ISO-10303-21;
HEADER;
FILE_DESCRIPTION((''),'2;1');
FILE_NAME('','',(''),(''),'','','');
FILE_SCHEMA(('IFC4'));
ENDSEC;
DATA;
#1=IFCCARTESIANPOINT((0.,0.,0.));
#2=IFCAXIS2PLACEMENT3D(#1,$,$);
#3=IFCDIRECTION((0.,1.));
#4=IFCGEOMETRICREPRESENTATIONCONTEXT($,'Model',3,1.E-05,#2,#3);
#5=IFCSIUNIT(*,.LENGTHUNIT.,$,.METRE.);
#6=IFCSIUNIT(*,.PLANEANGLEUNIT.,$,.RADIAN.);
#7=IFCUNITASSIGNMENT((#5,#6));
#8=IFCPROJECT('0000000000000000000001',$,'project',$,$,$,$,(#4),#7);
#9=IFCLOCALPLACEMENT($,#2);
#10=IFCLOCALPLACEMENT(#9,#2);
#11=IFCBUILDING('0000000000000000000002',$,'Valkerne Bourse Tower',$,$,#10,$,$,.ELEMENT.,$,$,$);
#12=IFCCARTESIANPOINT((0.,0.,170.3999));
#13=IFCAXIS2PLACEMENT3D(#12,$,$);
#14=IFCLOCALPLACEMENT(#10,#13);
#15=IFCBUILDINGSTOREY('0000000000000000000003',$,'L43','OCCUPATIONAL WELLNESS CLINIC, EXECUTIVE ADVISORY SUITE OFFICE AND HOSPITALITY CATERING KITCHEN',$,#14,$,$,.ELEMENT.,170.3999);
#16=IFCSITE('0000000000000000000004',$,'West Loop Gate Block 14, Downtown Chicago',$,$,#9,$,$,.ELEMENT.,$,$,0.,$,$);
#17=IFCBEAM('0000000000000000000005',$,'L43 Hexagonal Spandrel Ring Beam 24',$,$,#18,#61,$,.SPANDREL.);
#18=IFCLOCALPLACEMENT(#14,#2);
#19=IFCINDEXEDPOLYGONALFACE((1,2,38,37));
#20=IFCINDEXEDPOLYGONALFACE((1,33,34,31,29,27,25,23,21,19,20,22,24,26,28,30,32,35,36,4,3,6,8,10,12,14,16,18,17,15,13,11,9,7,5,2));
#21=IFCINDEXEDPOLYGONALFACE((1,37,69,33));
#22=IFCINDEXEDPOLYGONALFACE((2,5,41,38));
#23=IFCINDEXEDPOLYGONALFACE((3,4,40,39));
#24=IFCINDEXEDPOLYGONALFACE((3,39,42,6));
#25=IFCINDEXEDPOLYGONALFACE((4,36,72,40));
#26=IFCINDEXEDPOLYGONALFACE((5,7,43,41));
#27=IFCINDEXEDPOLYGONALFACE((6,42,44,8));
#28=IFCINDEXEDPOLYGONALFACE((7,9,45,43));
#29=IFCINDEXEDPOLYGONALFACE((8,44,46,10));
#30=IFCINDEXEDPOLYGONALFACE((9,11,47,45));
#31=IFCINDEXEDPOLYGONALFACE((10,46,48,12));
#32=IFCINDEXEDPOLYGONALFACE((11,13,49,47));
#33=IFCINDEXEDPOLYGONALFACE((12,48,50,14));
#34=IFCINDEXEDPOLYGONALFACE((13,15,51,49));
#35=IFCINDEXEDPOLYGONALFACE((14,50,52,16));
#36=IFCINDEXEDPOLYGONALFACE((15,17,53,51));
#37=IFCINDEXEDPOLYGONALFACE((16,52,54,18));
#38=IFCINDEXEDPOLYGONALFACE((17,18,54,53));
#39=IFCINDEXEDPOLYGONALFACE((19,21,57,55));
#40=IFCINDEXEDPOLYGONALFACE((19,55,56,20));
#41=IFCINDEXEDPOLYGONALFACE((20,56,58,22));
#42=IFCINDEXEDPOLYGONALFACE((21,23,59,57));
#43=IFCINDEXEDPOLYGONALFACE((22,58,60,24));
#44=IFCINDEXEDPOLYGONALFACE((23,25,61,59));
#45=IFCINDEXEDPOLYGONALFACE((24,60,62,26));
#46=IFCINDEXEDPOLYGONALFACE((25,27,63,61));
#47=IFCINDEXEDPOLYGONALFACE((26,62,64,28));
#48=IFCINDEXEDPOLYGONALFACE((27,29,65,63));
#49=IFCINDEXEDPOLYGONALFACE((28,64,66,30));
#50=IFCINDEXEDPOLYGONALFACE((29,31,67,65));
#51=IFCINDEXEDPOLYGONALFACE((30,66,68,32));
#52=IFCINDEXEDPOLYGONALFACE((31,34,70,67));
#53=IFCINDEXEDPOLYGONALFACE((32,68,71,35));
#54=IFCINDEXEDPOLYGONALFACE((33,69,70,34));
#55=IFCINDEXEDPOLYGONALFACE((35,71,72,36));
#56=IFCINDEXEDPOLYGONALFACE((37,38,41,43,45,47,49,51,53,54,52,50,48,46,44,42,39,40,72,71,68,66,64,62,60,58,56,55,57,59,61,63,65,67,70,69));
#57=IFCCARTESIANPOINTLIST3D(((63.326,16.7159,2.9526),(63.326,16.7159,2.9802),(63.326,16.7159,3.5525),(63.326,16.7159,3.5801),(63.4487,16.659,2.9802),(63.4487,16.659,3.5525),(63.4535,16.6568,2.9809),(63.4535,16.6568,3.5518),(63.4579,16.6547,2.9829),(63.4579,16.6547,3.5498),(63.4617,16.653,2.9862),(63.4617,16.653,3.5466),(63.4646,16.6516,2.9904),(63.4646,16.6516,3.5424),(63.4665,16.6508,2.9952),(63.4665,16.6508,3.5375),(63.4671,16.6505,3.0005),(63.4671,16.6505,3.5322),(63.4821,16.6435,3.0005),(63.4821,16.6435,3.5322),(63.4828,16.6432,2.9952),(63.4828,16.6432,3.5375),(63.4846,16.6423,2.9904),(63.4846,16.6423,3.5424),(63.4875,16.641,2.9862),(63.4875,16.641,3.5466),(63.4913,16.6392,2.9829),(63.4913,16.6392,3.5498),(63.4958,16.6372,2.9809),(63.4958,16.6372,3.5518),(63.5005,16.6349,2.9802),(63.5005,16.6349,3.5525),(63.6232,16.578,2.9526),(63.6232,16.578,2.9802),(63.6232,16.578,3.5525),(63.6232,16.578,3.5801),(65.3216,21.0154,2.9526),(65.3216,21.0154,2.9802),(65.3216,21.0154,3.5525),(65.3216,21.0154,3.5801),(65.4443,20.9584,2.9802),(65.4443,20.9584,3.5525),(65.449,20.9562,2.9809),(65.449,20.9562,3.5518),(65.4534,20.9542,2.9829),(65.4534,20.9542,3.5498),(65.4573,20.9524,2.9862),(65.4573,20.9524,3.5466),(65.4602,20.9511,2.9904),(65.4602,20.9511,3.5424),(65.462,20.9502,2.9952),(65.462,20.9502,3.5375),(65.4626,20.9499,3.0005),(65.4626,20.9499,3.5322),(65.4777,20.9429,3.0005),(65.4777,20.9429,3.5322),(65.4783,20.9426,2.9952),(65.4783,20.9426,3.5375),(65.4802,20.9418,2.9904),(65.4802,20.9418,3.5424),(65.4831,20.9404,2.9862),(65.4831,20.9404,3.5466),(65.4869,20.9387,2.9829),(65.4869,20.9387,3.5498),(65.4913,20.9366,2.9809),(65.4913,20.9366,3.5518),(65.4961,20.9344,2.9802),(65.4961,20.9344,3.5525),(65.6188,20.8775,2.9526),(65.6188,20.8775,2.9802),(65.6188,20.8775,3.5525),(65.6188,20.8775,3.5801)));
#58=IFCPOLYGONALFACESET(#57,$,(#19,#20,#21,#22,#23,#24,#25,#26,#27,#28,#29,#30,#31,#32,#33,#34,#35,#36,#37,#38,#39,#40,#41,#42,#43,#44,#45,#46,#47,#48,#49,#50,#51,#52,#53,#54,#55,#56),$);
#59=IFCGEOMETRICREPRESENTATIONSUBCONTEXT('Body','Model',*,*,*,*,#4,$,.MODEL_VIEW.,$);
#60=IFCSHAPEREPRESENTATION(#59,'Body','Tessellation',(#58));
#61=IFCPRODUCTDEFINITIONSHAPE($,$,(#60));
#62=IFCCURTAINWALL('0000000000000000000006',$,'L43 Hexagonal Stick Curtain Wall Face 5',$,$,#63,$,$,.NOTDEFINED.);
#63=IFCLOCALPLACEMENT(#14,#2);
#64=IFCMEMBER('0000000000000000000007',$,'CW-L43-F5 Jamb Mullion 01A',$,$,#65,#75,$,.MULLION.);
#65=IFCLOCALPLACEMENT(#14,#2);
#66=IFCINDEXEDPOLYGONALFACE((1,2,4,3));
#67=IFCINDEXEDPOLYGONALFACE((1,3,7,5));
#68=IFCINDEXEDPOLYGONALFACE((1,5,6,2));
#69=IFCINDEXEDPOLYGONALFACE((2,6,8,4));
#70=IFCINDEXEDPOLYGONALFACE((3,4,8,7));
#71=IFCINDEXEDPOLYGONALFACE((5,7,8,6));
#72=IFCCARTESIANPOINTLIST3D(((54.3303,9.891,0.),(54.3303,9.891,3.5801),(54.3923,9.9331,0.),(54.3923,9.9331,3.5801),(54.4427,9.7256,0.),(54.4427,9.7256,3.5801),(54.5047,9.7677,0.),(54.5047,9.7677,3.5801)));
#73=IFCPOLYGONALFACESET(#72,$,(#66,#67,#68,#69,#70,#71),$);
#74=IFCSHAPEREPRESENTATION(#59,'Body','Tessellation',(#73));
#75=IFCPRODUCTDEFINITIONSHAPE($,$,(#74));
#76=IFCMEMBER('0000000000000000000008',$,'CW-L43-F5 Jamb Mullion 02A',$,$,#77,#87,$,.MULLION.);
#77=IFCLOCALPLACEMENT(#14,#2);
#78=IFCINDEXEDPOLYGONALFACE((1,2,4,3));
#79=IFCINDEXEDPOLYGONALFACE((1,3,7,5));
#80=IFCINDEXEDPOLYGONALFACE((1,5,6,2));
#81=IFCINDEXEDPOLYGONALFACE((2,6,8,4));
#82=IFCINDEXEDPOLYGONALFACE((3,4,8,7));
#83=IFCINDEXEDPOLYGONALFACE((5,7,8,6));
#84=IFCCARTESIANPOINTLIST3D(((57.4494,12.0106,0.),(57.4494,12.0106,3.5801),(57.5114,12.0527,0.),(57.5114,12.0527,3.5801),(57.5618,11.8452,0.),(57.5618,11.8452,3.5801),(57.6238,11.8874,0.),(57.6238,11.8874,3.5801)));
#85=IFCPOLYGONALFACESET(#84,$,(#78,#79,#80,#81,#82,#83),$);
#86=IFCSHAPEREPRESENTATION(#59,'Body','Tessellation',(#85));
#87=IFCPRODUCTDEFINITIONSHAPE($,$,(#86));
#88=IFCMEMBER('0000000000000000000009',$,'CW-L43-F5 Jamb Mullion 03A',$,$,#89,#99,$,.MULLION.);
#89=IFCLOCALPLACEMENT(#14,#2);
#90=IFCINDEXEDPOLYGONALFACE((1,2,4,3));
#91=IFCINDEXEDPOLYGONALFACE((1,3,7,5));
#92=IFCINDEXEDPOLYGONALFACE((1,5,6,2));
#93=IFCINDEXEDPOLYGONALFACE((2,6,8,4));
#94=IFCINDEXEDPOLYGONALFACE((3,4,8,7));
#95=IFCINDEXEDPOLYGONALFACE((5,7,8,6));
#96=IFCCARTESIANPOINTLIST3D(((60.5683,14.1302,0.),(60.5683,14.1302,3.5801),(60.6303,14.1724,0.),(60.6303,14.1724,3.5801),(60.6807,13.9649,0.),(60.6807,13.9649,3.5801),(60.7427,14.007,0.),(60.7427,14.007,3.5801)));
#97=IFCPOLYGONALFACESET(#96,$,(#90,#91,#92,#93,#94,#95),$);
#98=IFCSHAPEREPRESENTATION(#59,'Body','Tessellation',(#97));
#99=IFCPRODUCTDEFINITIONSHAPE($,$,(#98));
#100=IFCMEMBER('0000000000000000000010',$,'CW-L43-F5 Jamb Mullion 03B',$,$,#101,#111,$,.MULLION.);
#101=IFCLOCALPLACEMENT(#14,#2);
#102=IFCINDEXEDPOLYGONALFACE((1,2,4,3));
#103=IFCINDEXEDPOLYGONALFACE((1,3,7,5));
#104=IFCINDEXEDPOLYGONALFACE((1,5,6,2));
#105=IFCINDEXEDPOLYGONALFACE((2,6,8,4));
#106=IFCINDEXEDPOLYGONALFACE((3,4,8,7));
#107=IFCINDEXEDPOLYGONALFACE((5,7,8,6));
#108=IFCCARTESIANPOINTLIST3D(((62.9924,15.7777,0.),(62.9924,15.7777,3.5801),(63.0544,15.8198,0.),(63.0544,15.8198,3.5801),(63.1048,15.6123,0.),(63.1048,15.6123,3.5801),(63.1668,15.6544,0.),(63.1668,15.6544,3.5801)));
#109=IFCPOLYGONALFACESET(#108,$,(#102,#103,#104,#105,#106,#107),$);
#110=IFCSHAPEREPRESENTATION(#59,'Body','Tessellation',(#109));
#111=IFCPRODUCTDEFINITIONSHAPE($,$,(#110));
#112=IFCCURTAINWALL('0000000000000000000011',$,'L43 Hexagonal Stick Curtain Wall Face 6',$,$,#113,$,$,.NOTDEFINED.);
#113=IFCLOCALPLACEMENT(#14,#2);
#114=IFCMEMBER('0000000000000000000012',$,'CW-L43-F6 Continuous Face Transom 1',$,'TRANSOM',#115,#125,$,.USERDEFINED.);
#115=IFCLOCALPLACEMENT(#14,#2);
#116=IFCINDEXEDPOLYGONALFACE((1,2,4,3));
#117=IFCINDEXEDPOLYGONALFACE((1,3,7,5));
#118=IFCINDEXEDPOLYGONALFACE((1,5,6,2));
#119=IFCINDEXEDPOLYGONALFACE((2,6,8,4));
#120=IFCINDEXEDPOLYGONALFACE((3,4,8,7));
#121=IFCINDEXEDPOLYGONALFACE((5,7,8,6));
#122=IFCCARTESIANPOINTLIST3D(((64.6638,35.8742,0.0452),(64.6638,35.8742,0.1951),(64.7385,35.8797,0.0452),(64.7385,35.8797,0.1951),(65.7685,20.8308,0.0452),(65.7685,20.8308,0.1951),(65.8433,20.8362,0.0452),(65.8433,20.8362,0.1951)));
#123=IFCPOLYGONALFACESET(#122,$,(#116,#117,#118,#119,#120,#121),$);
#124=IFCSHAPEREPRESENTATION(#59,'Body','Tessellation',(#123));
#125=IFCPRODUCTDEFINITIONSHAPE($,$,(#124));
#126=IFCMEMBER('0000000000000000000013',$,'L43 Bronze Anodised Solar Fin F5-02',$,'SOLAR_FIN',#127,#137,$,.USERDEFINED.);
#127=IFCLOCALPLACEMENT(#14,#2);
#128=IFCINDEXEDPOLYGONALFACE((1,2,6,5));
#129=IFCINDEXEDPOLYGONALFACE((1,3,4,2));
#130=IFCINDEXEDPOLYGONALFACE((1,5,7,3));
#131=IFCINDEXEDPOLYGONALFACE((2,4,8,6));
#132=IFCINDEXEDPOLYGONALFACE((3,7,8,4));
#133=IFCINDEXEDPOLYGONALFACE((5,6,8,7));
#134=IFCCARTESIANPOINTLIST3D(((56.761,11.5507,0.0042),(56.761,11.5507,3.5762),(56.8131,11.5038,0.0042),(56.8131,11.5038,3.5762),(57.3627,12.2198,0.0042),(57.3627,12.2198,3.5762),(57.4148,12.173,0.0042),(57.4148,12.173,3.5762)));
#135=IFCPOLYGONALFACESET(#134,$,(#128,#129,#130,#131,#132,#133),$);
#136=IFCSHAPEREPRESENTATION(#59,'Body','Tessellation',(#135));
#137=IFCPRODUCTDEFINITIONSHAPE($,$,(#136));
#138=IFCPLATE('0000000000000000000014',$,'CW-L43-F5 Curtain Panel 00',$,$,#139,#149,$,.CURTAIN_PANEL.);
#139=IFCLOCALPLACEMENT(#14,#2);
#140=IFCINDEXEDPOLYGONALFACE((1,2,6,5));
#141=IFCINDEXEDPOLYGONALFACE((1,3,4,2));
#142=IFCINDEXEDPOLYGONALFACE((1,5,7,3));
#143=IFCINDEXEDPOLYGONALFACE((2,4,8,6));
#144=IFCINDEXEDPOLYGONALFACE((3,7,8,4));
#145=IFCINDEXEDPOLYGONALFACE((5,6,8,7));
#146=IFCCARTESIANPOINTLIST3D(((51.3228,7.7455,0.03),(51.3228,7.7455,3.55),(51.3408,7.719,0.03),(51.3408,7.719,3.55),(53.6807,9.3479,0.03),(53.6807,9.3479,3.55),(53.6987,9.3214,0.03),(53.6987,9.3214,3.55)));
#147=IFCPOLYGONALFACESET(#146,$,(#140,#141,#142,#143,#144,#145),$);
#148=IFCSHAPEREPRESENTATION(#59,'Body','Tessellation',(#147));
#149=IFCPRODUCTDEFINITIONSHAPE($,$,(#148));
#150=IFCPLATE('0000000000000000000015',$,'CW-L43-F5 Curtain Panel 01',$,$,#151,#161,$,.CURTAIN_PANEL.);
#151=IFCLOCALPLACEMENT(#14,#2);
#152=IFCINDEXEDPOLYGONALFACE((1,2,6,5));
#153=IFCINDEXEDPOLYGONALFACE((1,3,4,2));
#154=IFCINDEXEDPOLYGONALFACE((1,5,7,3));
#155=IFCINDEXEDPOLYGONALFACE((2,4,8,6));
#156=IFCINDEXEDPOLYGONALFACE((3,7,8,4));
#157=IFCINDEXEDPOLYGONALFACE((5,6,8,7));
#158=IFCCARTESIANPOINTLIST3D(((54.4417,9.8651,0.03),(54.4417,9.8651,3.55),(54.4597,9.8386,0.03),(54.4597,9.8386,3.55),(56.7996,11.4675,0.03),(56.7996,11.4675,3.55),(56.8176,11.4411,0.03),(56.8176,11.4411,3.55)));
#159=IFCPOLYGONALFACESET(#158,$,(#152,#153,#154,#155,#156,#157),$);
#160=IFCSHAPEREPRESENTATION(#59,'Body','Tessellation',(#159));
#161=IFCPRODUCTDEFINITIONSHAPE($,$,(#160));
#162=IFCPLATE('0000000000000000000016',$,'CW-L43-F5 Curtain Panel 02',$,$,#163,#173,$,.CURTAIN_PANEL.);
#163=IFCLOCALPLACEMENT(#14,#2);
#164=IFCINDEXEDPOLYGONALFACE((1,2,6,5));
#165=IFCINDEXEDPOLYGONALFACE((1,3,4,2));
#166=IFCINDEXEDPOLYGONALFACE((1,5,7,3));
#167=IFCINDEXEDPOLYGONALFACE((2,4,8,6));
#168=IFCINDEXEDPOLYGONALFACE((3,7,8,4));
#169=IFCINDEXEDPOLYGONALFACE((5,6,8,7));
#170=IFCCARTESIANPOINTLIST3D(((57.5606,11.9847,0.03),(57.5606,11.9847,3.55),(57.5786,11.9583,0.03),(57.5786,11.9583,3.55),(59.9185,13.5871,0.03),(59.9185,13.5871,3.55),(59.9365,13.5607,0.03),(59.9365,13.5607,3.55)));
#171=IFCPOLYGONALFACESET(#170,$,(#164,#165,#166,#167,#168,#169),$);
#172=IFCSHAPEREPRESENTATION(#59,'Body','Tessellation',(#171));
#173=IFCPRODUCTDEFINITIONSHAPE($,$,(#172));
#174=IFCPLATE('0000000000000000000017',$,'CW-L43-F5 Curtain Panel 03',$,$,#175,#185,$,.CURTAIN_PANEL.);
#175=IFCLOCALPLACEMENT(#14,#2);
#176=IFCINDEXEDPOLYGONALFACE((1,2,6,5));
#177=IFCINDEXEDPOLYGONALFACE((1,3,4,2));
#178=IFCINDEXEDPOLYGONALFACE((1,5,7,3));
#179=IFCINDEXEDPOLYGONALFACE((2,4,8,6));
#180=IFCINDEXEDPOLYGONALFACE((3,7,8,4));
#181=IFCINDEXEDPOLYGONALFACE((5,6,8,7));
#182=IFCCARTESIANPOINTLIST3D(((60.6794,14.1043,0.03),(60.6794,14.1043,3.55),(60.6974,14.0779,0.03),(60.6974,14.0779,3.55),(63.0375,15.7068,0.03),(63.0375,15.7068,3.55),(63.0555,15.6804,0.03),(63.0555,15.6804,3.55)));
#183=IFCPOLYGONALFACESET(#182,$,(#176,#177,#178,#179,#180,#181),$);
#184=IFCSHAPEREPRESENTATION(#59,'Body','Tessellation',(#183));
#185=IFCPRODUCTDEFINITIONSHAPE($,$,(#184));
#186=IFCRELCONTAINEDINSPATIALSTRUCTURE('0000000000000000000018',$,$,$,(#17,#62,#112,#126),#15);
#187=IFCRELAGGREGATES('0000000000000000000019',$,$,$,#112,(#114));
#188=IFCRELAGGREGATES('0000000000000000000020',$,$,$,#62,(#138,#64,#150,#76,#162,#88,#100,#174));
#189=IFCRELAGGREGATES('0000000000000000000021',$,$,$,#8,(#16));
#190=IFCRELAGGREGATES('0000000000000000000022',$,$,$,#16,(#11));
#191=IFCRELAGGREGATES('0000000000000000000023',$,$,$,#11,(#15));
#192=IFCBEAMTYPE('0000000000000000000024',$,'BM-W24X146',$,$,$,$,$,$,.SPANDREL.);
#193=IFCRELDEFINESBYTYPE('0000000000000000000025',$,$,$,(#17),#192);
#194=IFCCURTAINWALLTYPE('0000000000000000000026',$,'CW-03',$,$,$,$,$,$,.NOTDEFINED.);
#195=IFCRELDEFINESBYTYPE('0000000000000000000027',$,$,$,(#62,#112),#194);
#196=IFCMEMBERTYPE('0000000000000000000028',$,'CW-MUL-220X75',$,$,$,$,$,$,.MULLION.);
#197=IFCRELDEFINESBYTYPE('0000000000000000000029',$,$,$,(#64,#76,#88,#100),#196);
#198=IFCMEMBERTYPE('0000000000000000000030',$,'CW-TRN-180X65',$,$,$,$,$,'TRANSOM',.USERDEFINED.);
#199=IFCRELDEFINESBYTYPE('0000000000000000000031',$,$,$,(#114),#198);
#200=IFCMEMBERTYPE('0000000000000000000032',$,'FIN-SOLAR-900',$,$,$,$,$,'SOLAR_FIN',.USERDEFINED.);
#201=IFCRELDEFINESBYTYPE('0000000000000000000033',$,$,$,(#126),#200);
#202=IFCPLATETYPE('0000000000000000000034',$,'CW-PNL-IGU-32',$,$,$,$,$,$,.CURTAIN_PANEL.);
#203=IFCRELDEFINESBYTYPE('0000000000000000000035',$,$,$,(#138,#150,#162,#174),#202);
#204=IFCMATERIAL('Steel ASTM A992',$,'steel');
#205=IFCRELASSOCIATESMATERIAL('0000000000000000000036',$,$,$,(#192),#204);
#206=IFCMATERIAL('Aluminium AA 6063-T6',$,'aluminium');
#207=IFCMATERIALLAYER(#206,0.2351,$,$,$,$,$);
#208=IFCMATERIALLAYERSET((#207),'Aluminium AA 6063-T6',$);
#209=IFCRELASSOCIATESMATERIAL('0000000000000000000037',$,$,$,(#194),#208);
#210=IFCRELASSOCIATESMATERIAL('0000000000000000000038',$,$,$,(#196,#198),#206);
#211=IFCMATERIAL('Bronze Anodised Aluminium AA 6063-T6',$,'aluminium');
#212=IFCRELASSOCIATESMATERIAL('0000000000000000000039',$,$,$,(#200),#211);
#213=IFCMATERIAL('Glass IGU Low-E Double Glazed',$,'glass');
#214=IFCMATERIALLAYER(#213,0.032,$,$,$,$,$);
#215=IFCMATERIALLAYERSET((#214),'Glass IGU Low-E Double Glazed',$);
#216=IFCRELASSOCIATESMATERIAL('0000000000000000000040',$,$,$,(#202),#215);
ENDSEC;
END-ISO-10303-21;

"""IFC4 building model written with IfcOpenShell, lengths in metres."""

from ifc_helpers import new_model, si_unit, direction, frame, origin, origin_2d, place, context, subcontext, project, spatial, rectangle, i_section, extrude, material, layer, layer_set, material_profile, profile_set, type_object, element, aggregate, save


model = new_model("IFC4")

# Units and contexts
model_context = context("Model", 3, precision=1e-05, world=origin(), true_north=direction((0.0, 1.0)))
body_context = subcontext(model_context, "Body", "Model", "MODEL_VIEW")
ifc_project = project(units=[si_unit("LENGTHUNIT", "METRE"), si_unit("PLANEANGLEUNIT", "RADIAN")], contexts=[model_context])

# Site, building, storey
site_placement = place(None, origin())
site = spatial("IfcSite", under=ifc_project, at=site_placement, Name="West Loop Gate Block 14, Downtown Chicago", CompositionType="ELEMENT", RefElevation=0.0)
building_placement = place(site_placement, origin())
building = spatial("IfcBuilding", under=site, at=building_placement, Name="Valkerne Bourse Tower", CompositionType="ELEMENT")
storey_placement = place(building_placement, frame((0.0, 0.0, 170.3999)))
storey = spatial("IfcBuildingStorey", under=building, at=storey_placement, Name="L43", Description="OCCUPATIONAL WELLNESS CLINIC, EXECUTIVE ADVISORY SUITE OFFICE AND HOSPITALITY CATERING KITCHEN", CompositionType="ELEMENT", Elevation=170.3999)

# Beam
ifc_material_1 = material(Name="Steel ASTM A992", Category="steel")
ifc_material_profile_1 = material_profile(ifc_material_1, i_section(OverallWidth=0.3276, OverallDepth=0.6274, WebThickness=0.0166, FlangeThickness=0.0276, FilletRadius=0.0203, at=origin_2d()), Name="W24X146")
ifc_profile_set_1 = profile_set([ifc_material_profile_1], Name="Steel ASTM A992")
beam_type = type_object("IfcBeamType", Name="BM-W24X146", PredefinedType="SPANDREL", material=ifc_profile_set_1)
beam_1_placement = place(storey_placement, frame((63.4746, 16.647, 3.2664), z_axis=(0.421004, 0.907059, 0.0), x_axis=(-0.907059, 0.421004, 0.0)))
element("IfcBeam", 1, at=beam_1_placement, inside=storey, type_object=beam_type, Name="L43 Hexagonal Spandrel Ring Beam 24", PredefinedType="SPANDREL", context=body_context, shape_type="SweptSolid", body=[
    extrude(i_section(OverallWidth=0.3276, OverallDepth=0.6274, WebThickness=0.0166, FlangeThickness=0.0276, FilletRadius=0.0203, at=origin_2d()), origin(), (0.0, 0.0, 1.0), 4.74),
])

# Curtain wall, members
ifc_material_2 = material(Name="Aluminium AA 6063-T6", Category="aluminium")
ifc_layer_1 = layer(ifc_material_2, 0.2351)
ifc_layer_set_1 = layer_set([ifc_layer_1], Name="Aluminium AA 6063-T6")
curtain_wall_type = type_object("IfcCurtainWallType", Name="CW-03", PredefinedType="NOTDEFINED", material=ifc_layer_set_1)
curtain_wall_1_placement = place(storey_placement, origin())
curtain_wall_1 = element("IfcCurtainWall", 2, at=curtain_wall_1_placement, inside=storey, type_object=curtain_wall_type, Name="L43 Hexagonal Stick Curtain Wall Face 5", PredefinedType="NOTDEFINED")
ifc_material_profile_2 = material_profile(ifc_material_2, rectangle(XDim=0.075, YDim=0.2, at=origin_2d()), Name="CWM-75X200")
ifc_profile_set_2 = profile_set([ifc_material_profile_2], Name="Aluminium AA 6063-T6")
member_type_1 = type_object("IfcMemberType", Name="CW-MUL-220X75", PredefinedType="MULLION", material=ifc_profile_set_2)
member_1_placement = place(storey_placement, frame((54.4175, 9.8293, 0.0), z_axis=(0.0, 0.0, 1.0), x_axis=(0.827081, 0.562083, 0.0)))
member_1 = element("IfcMember", 3, at=member_1_placement, type_object=member_type_1, Name="CW-L43-F5 Jamb Mullion 01A", PredefinedType="MULLION", context=body_context, shape_type="SweptSolid", body=[
    extrude(rectangle(XDim=0.075, YDim=0.2, at=origin_2d()), origin(), (0.0, 0.0, 1.0), 3.5801),
])
member_2_placement = place(storey_placement, frame((57.5366, 11.949, 0.0), z_axis=(0.0, 0.0, 1.0), x_axis=(0.827081, 0.562083, 0.0)))
member_2 = element("IfcMember", 4, at=member_2_placement, type_object=member_type_1, Name="CW-L43-F5 Jamb Mullion 02A", PredefinedType="MULLION", context=body_context, shape_type="SweptSolid", body=[
    extrude(rectangle(XDim=0.075, YDim=0.2, at=origin_2d()), origin(), (0.0, 0.0, 1.0), 3.5801),
])
member_3_placement = place(storey_placement, frame((60.6555, 14.0686, 0.0), z_axis=(0.0, 0.0, 1.0), x_axis=(0.827089, 0.562071, 0.0)))
member_3 = element("IfcMember", 5, at=member_3_placement, type_object=member_type_1, Name="CW-L43-F5 Jamb Mullion 03A", PredefinedType="MULLION", context=body_context, shape_type="SweptSolid", body=[
    extrude(rectangle(XDim=0.075, YDim=0.2, at=origin_2d()), origin(), (0.0, 0.0, 1.0), 3.5801),
])
member_4_placement = place(storey_placement, frame((63.0796, 15.7161, 0.0), z_axis=(0.0, 0.0, 1.0), x_axis=(0.827089, 0.562071, 0.0)))
member_4 = element("IfcMember", 6, at=member_4_placement, type_object=member_type_1, Name="CW-L43-F5 Jamb Mullion 03B", PredefinedType="MULLION", context=body_context, shape_type="SweptSolid", body=[
    extrude(rectangle(XDim=0.075, YDim=0.2, at=origin_2d()), origin(), (0.0, 0.0, 1.0), 3.5801),
])

# Curtain wall, member
curtain_wall_2_placement = place(storey_placement, origin())
curtain_wall_2 = element("IfcCurtainWall", 7, at=curtain_wall_2_placement, inside=storey, type_object=curtain_wall_type, Name="L43 Hexagonal Stick Curtain Wall Face 6", PredefinedType="NOTDEFINED")
ifc_material_profile_3 = material_profile(ifc_material_2, rectangle(XDim=0.075, YDim=0.1499, at=origin_2d()), Name="CWT-75X150")
ifc_profile_set_3 = profile_set([ifc_material_profile_3], Name="Aluminium AA 6063-T6")
member_type_2 = type_object("IfcMemberType", Name="CW-TRN-180X65", ElementType="TRANSOM", PredefinedType="USERDEFINED", material=ifc_profile_set_3)
member_5_placement = place(storey_placement, frame((65.8059, 20.8335, 0.1201), z_axis=(-0.073239, 0.997314, 0.0), x_axis=(-0.997314, -0.073239, 0.0)))
member_5 = element("IfcMember", 8, at=member_5_placement, type_object=member_type_2, Name="CW-L43-F6 Continuous Face Transom 1", ObjectType="TRANSOM", PredefinedType="USERDEFINED", context=body_context, shape_type="SweptSolid", body=[
    extrude(rectangle(XDim=0.075, YDim=0.1499, at=origin_2d()), origin(), (0.0, 0.0, 1.0), 15.084),
])
aggregate(curtain_wall_2, [member_5])

# Member
ifc_material_3 = material(Name="Bronze Anodised Aluminium AA 6063-T6", Category="aluminium")
ifc_material_profile_4 = material_profile(ifc_material_3, rectangle(XDim=0.0701, YDim=0.8999, at=origin_2d()), Name="FIN-70X900")
ifc_profile_set_4 = profile_set([ifc_material_profile_4], Name="Bronze Anodised Aluminium AA 6063-T6")
member_type_3 = type_object("IfcMemberType", Name="FIN-SOLAR-900", ElementType="SOLAR_FIN", PredefinedType="USERDEFINED", material=ifc_profile_set_4)
member_6_placement = place(storey_placement, frame((57.0879, 11.8618, 0.0042), z_axis=(0.0, 0.0, 1.0), x_axis=(0.743599, -0.668626, 0.0)))
element("IfcMember", 9, at=member_6_placement, inside=storey, type_object=member_type_3, Name="L43 Bronze Anodised Solar Fin F5-02", ObjectType="SOLAR_FIN", PredefinedType="USERDEFINED", context=body_context, shape_type="SweptSolid", body=[
    extrude(rectangle(XDim=0.0701, YDim=0.8999, at=origin_2d()), origin(), (0.0, 0.0, 1.0), 3.572),
])

# Plates
ifc_material_4 = material(Name="Glass IGU Low-E Double Glazed", Category="glass")
ifc_layer_2 = layer(ifc_material_4, 0.032)
ifc_layer_set_2 = layer_set([ifc_layer_2], Name="Glass IGU Low-E Double Glazed")
plate_type = type_object("IfcPlateType", Name="CW-PNL-IGU-32", PredefinedType="CURTAIN_PANEL", material=ifc_layer_set_2)
plate_1_placement = place(storey_placement, frame((52.5107, 8.5334, 0.03), z_axis=(0.0, 0.0, 1.0), x_axis=(0.827081, 0.562083, 0.0)))
plate_1 = element("IfcPlate", 10, at=plate_1_placement, type_object=plate_type, Name="CW-L43-F5 Curtain Panel 00", PredefinedType="CURTAIN_PANEL", context=body_context, shape_type="SweptSolid", body=[
    extrude(rectangle(XDim=2.8508, YDim=0.032, at=origin_2d()), origin(), (0.0, 0.0, 1.0), 3.52),
])
plate_2_placement = place(storey_placement, frame((55.6296, 10.6531, 0.03), z_axis=(0.0, 0.0, 1.0), x_axis=(0.827081, 0.562083, 0.0)))
plate_2 = element("IfcPlate", 11, at=plate_2_placement, type_object=plate_type, Name="CW-L43-F5 Curtain Panel 01", PredefinedType="CURTAIN_PANEL", context=body_context, shape_type="SweptSolid", body=[
    extrude(rectangle(XDim=2.8508, YDim=0.032, at=origin_2d()), origin(), (0.0, 0.0, 1.0), 3.52),
])
plate_3_placement = place(storey_placement, frame((58.7485, 12.7727, 0.03), z_axis=(0.0, 0.0, 1.0), x_axis=(0.827081, 0.562083, 0.0)))
plate_3 = element("IfcPlate", 12, at=plate_3_placement, type_object=plate_type, Name="CW-L43-F5 Curtain Panel 02", PredefinedType="CURTAIN_PANEL", context=body_context, shape_type="SweptSolid", body=[
    extrude(rectangle(XDim=2.8508, YDim=0.032, at=origin_2d()), origin(), (0.0, 0.0, 1.0), 3.52),
])
plate_4_placement = place(storey_placement, frame((61.8674, 14.8923, 0.03), z_axis=(0.0, 0.0, 1.0), x_axis=(0.827089, 0.562071, 0.0)))
plate_4 = element("IfcPlate", 13, at=plate_4_placement, type_object=plate_type, Name="CW-L43-F5 Curtain Panel 03", PredefinedType="CURTAIN_PANEL", context=body_context, shape_type="SweptSolid", body=[
    extrude(rectangle(XDim=2.8511, YDim=0.032, at=origin_2d()), origin(), (0.0, 0.0, 1.0), 3.52),
])
aggregate(curtain_wall_1, [plate_1, member_1, plate_2, member_2, plate_3, member_3, member_4, plate_4])

save(model, "model.ifc")
